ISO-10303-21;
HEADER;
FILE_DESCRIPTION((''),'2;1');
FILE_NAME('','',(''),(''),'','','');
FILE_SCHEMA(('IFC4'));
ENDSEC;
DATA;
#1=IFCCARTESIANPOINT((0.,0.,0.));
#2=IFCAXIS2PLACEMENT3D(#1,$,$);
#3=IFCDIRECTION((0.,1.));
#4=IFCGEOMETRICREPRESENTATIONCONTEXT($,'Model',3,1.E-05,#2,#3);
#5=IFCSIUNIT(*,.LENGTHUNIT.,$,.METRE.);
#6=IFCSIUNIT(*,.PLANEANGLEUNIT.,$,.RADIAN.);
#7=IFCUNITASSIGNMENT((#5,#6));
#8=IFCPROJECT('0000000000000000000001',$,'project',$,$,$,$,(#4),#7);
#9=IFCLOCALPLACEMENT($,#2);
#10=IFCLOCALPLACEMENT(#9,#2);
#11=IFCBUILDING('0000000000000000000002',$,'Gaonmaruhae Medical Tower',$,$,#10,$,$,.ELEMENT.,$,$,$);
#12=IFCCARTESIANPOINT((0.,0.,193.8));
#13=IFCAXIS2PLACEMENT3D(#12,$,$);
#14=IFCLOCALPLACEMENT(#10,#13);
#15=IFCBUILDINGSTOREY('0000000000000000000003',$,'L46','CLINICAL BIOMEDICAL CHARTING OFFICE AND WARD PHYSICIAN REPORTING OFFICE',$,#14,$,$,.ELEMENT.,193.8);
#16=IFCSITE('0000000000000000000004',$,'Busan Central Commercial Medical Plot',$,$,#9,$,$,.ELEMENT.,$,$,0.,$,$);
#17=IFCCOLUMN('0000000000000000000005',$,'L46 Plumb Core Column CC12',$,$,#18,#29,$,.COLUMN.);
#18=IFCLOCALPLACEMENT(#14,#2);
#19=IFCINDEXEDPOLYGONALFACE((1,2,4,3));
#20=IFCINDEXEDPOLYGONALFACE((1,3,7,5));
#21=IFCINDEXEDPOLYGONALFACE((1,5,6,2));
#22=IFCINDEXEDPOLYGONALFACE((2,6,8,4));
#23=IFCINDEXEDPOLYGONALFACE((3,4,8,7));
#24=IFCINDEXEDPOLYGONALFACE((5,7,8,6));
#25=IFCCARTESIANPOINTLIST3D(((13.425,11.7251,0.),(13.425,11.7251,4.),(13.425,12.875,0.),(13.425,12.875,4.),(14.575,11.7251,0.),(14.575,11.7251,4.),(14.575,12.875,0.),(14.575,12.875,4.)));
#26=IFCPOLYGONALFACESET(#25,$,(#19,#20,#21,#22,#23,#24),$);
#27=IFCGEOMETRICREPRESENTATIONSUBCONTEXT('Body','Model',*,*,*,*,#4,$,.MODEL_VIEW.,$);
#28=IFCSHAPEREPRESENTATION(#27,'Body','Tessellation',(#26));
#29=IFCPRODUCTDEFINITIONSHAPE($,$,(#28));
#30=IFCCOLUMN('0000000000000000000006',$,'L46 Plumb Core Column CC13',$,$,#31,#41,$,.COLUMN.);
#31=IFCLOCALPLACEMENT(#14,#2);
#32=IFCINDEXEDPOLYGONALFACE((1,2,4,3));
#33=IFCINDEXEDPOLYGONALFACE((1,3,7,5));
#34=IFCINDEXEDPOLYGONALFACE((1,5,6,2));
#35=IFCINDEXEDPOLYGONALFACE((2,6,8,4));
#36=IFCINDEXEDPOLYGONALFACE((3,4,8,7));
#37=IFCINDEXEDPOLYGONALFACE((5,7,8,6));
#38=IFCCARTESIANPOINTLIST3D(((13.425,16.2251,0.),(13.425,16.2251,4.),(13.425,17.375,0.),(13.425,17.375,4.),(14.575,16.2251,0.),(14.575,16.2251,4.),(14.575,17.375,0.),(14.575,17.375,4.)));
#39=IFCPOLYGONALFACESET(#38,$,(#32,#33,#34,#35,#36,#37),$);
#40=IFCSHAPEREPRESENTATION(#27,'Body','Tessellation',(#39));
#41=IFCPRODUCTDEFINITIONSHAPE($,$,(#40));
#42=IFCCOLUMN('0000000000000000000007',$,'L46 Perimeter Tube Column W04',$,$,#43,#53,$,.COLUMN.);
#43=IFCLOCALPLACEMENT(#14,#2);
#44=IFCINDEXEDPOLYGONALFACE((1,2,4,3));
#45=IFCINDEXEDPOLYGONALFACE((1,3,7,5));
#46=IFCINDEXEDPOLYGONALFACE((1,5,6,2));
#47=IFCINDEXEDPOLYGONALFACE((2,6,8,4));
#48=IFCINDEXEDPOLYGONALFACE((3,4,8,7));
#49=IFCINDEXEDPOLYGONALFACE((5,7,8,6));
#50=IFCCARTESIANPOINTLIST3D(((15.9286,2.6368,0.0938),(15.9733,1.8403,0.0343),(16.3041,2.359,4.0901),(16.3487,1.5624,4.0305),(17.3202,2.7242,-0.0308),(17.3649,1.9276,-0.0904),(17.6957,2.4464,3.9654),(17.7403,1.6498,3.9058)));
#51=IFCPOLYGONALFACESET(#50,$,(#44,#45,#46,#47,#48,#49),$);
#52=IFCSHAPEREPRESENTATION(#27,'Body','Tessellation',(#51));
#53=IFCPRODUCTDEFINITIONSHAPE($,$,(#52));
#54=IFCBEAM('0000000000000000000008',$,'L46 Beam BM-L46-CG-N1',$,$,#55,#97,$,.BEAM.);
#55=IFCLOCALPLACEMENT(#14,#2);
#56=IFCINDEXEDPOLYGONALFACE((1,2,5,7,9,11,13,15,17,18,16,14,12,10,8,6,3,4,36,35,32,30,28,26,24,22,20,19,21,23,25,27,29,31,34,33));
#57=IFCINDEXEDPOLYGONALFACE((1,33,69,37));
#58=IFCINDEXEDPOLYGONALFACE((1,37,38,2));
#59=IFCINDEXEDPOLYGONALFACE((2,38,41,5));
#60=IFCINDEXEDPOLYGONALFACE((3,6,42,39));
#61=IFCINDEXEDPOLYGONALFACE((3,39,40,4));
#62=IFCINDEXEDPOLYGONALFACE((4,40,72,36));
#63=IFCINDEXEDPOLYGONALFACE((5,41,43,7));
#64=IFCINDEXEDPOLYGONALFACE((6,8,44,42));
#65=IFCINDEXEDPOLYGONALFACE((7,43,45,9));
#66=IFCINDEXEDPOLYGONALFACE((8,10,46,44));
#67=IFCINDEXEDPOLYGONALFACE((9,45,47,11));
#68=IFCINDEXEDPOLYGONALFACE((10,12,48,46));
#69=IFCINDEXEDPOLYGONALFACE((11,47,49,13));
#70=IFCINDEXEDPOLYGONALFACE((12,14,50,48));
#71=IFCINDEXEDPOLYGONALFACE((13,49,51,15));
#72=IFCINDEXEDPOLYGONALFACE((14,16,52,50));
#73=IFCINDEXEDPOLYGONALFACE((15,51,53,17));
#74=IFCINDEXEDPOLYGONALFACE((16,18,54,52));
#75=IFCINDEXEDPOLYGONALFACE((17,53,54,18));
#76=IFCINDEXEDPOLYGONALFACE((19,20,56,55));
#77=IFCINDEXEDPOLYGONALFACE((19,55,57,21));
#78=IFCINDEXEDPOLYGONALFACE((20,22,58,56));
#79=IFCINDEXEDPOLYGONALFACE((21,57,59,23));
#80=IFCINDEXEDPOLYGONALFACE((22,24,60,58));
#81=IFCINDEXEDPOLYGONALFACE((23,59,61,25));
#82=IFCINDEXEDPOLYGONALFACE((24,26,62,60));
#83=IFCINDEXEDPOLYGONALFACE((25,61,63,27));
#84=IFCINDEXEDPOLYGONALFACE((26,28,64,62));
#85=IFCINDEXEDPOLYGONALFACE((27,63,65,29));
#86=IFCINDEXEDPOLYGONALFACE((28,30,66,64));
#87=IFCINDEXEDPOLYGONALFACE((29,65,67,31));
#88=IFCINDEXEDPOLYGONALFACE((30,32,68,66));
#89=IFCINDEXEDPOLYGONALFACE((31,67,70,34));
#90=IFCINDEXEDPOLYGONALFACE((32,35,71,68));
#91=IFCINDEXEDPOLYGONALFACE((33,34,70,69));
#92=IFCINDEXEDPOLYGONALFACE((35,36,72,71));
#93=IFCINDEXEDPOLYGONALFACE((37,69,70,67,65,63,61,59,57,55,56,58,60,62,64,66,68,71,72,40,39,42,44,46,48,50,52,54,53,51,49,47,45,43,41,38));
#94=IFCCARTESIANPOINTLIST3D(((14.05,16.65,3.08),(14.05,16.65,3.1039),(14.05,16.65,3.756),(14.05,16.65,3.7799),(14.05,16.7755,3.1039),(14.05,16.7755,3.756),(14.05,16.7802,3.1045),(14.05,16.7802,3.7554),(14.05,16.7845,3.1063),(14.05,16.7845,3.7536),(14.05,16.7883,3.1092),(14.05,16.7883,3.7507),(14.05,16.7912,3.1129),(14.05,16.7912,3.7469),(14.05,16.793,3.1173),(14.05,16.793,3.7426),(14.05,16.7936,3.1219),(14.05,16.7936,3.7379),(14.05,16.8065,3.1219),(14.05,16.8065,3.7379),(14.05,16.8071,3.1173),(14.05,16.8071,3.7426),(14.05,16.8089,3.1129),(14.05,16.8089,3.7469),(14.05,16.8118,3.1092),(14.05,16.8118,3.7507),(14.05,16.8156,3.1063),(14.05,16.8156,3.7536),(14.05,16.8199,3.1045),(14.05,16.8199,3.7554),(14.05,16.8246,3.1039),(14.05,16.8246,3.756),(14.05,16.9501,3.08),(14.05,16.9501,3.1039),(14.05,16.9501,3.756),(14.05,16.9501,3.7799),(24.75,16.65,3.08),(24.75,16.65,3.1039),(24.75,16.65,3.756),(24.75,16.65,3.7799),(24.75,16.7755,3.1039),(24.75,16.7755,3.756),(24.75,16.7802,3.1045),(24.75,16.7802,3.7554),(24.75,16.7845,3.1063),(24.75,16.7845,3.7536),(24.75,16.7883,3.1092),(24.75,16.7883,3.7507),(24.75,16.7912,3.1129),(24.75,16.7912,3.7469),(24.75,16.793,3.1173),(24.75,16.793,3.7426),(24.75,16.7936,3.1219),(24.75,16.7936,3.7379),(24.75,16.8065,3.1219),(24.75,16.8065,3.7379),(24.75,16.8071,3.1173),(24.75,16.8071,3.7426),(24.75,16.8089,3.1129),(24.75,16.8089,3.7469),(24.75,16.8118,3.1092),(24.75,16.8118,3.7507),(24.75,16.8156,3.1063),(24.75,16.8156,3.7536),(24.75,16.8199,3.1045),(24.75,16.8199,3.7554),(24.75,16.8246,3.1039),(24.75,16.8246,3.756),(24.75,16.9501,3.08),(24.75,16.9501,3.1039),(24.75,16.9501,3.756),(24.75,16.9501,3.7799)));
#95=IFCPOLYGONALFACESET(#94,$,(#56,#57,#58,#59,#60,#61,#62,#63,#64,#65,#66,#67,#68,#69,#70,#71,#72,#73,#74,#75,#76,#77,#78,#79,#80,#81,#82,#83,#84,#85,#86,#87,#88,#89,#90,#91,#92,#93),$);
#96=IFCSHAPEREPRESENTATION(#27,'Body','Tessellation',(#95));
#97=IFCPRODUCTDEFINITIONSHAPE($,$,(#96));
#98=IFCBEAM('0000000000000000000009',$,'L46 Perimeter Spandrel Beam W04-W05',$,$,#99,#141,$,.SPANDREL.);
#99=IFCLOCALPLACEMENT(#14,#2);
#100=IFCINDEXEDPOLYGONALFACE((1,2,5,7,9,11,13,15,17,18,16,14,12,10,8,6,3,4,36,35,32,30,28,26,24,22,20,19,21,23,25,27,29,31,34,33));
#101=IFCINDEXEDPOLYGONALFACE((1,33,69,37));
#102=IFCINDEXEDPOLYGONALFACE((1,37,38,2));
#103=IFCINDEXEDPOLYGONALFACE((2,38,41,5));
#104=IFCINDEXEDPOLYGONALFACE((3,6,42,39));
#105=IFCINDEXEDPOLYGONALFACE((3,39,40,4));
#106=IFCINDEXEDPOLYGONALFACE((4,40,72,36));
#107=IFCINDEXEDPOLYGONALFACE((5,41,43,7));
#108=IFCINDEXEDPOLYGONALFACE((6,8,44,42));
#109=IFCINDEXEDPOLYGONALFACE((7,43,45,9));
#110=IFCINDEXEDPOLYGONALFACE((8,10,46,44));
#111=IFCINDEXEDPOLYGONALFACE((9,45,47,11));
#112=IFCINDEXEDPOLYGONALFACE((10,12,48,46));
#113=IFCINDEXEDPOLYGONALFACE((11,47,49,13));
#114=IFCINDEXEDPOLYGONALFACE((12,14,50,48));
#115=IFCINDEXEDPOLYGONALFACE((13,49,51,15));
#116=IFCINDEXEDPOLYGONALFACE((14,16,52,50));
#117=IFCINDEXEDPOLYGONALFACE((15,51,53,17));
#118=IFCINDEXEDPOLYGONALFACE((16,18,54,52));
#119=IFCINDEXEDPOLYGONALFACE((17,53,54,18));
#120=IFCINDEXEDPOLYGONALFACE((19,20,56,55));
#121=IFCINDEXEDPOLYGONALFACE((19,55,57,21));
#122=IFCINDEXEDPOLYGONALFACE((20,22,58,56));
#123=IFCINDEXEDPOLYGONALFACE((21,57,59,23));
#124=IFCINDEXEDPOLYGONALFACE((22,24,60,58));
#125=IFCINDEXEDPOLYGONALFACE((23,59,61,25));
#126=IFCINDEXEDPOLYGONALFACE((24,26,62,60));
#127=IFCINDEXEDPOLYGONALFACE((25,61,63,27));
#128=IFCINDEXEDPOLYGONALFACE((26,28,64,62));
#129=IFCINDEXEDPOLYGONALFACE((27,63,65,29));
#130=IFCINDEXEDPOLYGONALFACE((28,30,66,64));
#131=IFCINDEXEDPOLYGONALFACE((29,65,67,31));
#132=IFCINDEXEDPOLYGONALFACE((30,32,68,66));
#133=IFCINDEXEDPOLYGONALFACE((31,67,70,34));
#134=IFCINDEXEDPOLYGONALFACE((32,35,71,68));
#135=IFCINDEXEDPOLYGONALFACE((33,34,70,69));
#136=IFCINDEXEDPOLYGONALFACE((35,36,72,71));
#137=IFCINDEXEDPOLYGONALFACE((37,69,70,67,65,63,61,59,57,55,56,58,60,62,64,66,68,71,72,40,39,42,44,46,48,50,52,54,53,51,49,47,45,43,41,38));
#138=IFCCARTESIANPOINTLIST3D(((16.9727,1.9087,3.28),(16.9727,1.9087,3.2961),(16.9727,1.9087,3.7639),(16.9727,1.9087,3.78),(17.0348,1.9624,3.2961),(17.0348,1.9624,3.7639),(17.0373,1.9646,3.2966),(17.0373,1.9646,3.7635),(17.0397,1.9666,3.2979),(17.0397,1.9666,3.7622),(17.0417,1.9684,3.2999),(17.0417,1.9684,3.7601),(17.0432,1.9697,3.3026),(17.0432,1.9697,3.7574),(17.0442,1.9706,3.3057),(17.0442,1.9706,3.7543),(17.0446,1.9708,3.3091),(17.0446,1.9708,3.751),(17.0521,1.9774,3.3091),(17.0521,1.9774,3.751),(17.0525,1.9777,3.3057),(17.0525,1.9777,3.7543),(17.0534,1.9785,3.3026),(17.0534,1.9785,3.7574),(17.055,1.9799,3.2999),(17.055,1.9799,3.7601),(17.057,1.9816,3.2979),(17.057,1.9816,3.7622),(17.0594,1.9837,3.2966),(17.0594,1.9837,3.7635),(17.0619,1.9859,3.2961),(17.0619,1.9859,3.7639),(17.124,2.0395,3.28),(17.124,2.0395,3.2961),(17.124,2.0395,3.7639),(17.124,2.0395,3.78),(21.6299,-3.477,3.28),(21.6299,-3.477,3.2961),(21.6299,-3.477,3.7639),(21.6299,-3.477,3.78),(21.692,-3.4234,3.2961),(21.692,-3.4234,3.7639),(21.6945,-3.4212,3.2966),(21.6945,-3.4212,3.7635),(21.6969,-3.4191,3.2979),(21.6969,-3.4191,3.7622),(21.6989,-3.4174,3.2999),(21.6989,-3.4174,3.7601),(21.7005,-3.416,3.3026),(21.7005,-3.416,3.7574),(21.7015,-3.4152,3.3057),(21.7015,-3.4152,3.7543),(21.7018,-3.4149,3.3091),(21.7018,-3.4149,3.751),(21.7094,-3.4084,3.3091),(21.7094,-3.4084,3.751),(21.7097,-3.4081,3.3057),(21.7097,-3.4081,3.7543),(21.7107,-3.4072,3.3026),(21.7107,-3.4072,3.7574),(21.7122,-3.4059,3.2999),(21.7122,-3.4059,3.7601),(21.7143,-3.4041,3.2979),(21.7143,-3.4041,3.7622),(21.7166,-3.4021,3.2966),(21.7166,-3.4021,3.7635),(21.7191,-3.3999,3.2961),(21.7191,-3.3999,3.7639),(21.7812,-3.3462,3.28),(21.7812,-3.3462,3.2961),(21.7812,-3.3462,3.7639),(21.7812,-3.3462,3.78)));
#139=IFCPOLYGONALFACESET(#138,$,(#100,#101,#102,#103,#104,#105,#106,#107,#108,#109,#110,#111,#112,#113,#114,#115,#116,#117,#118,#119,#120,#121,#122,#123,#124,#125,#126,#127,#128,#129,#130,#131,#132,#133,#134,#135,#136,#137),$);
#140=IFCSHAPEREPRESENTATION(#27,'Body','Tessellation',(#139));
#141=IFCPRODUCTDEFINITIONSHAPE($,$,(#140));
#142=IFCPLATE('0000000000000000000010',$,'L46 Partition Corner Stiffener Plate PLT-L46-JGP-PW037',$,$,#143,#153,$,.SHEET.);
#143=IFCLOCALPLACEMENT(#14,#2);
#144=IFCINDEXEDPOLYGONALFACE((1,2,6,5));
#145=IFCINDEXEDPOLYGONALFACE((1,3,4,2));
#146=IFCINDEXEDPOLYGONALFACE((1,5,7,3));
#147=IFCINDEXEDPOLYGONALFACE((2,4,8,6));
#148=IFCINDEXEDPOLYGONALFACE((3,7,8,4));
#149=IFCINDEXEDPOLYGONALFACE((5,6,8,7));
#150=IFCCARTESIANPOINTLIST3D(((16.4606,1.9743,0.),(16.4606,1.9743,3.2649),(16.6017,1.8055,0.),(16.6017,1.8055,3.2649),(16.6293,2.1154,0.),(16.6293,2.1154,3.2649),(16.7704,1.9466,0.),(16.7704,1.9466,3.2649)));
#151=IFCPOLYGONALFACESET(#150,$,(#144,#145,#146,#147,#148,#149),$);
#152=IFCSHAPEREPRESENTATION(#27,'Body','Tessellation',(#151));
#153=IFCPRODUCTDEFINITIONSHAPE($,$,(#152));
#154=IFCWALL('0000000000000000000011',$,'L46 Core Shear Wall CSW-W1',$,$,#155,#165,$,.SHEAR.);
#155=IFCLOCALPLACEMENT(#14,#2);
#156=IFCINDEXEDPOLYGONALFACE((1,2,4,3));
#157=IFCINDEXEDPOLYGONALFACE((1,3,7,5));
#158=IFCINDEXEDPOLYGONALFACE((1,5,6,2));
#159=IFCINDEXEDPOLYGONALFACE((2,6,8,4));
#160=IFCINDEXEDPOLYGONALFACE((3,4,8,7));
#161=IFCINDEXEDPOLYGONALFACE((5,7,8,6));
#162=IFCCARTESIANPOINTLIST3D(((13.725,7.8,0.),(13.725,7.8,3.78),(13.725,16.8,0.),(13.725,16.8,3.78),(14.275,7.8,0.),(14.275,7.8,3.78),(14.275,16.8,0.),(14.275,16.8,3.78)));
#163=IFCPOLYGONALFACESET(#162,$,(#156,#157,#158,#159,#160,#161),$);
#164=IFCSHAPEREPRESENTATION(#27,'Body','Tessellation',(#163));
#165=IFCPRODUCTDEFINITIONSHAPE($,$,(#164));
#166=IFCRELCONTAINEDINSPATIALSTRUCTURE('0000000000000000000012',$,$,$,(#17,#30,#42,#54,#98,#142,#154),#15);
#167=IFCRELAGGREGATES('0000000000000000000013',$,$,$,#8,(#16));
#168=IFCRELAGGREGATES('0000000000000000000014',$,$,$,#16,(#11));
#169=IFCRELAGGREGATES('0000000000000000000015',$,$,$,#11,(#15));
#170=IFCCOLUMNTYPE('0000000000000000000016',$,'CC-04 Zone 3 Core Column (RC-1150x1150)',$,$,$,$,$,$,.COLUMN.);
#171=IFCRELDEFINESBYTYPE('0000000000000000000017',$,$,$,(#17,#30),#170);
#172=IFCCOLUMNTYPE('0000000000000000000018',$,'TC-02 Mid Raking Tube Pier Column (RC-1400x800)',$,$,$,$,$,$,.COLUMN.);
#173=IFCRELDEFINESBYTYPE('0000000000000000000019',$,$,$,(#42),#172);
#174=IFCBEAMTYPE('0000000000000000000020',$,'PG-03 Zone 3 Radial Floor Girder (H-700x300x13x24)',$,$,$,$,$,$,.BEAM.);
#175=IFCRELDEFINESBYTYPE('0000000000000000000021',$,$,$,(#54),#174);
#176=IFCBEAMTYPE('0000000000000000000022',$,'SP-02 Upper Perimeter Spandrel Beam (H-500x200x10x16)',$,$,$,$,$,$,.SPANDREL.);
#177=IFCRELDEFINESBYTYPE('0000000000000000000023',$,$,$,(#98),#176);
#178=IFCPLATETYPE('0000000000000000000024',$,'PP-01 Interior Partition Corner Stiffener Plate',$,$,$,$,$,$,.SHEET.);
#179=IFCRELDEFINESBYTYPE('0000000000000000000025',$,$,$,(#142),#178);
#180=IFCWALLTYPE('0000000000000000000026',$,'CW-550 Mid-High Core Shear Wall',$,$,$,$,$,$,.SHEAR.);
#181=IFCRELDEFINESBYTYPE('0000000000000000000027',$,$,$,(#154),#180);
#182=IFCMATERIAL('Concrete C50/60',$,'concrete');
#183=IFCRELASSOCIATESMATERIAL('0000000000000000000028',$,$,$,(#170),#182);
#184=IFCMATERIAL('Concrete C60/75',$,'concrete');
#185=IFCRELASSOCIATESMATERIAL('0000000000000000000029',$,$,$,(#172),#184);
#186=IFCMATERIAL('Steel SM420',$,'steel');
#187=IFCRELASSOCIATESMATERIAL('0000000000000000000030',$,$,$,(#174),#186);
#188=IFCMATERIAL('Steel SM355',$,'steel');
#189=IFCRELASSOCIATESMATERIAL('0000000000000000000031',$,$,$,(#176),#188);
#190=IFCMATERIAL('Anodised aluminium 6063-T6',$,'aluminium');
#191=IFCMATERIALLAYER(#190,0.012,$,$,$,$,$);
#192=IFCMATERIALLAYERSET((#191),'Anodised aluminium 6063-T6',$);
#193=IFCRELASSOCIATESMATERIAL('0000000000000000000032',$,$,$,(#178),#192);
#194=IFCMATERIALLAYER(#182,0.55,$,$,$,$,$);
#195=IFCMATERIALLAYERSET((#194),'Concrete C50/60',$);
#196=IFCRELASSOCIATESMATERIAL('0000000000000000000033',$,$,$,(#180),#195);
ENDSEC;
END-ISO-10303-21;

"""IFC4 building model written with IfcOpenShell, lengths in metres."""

from ifc_helpers import new_model, si_unit, direction, frame, frame_2d, origin, origin_2d, place, context, subcontext, project, spatial, rectangle, i_section, extrude, material, layer, layer_set, material_profile, profile_set, type_object, element, save


model = new_model("IFC4")

# Units and contexts
model_context = context("Model", 3, precision=1e-05, world=origin(), true_north=direction((0.0, 1.0)))
body_context = subcontext(model_context, "Body", "Model", "MODEL_VIEW")
ifc_project = project(units=[si_unit("LENGTHUNIT", "METRE"), si_unit("PLANEANGLEUNIT", "RADIAN")], contexts=[model_context])

# Site, building, storey
site_placement = place(None, origin())
site = spatial("IfcSite", under=ifc_project, at=site_placement, Name="Busan Central Commercial Medical Plot", CompositionType="ELEMENT", RefElevation=0.0)
building_placement = place(site_placement, origin())
building = spatial("IfcBuilding", under=site, at=building_placement, Name="Gaonmaruhae Medical Tower", CompositionType="ELEMENT")
storey_placement = place(building_placement, frame((0.0, 0.0, 193.8)))
storey = spatial("IfcBuildingStorey", under=building, at=storey_placement, Name="L46", Description="CLINICAL BIOMEDICAL CHARTING OFFICE AND WARD PHYSICIAN REPORTING OFFICE", CompositionType="ELEMENT", Elevation=193.8)

# Columns
ifc_material_1 = material(Name="Concrete C50/60", Category="concrete")
ifc_material_profile_1 = material_profile(ifc_material_1, rectangle(XDim=1.1499, YDim=1.1499, at=origin_2d()), Name="RC-1150x1150")
ifc_profile_set_1 = profile_set([ifc_material_profile_1], Name="Concrete C50/60")
column_type_1 = type_object("IfcColumnType", Name="CC-04 Zone 3 Core Column (RC-1150x1150)", PredefinedType="COLUMN", material=ifc_profile_set_1)
for number, where, z_axis, x_axis, name in (
    (1, (14.0, 12.3, 0.0), (0.0, 0.0, 1.0), (1.0, 0.0, 0.0), "L46 Plumb Core Column CC12"),
    (2, (14.0, 16.8, 0.0), (0.0, 0.0, 1.0), (1.0, 0.0, 0.0), "L46 Plumb Core Column CC13"),
):
    element("IfcColumn", number, at=place(storey_placement, frame(where, z_axis=z_axis, x_axis=x_axis)), inside=storey, type_object=column_type_1, Name=name, PredefinedType="COLUMN", context=body_context, shape_type="SweptSolid", body=[
        extrude(rectangle(XDim=1.1499, YDim=1.1499, at=origin_2d()), origin(), (0.0, 0.0, 1.0), 4.0),
    ])
ifc_material_2 = material(Name="Concrete C60/75", Category="concrete")
ifc_material_profile_2 = material_profile(ifc_material_2, rectangle(XDim=1.3999, YDim=0.8, at=origin_2d()), Name="RC-1400x800")
ifc_profile_set_2 = profile_set([ifc_material_profile_2], Name="Concrete C60/75")
column_type_2 = type_object("IfcColumnType", Name="TC-02 Mid Raking Tube Pier Column (RC-1400x800)", PredefinedType="COLUMN", material=ifc_profile_set_2)
column_placement = place(storey_placement, frame((16.6467, 2.2822, 0.0017), z_axis=(0.093323, -0.069052, 0.993239), x_axis=(-0.994069, -0.062417, 0.089061)))
element("IfcColumn", 3, at=column_placement, inside=storey, type_object=column_type_2, Name="L46 Perimeter Tube Column W04", PredefinedType="COLUMN", context=body_context, shape_type="SweptSolid", body=[
    extrude(rectangle(XDim=1.3999, YDim=0.8, at=origin_2d()), origin(), (0.0, 0.0, 1.0), 4.0234),
])

# Beams
ifc_material_3 = material(Name="Steel SM420", Category="steel")
ifc_material_profile_3 = material_profile(ifc_material_3, i_section(OverallWidth=0.3, OverallDepth=0.7, WebThickness=0.0129, FlangeThickness=0.0239, FilletRadius=0.0181, at=origin_2d()), Name="H-700x300x13x24")
ifc_profile_set_3 = profile_set([ifc_material_profile_3], Name="Steel SM420")
beam_type_1 = type_object("IfcBeamType", Name="PG-03 Zone 3 Radial Floor Girder (H-700x300x13x24)", PredefinedType="BEAM", material=ifc_profile_set_3)
beam_1_placement = place(storey_placement, frame((14.05, 16.8, 3.4299), z_axis=(1.0, 0.0, 0.0), x_axis=(0.0, 1.0, 0.0)))
element("IfcBeam", 4, at=beam_1_placement, inside=storey, type_object=beam_type_1, Name="L46 Beam BM-L46-CG-N1", PredefinedType="BEAM", context=body_context, shape_type="SweptSolid", body=[
    extrude(i_section(OverallWidth=0.3, OverallDepth=0.7, WebThickness=0.0129, FlangeThickness=0.0239, FilletRadius=0.0181, at=origin_2d()), origin(), (0.0, 0.0, 1.0), 10.7),
])
ifc_material_4 = material(Name="Steel SM355", Category="steel")
ifc_material_profile_4 = material_profile(ifc_material_4, i_section(OverallWidth=0.2, OverallDepth=0.5, WebThickness=0.01, FlangeThickness=0.0161, FilletRadius=0.0129, at=origin_2d()), Name="H-500x200x10x16")
ifc_profile_set_4 = profile_set([ifc_material_profile_4], Name="Steel SM355")
beam_type_2 = type_object("IfcBeamType", Name="SP-02 Upper Perimeter Spandrel Beam (H-500x200x10x16)", PredefinedType="SPANDREL", material=ifc_profile_set_4)
beam_2_placement = place(storey_placement, frame((17.0483, 1.9741, 3.53), z_axis=(0.654095, -0.756413, 0.0), x_axis=(0.756413, 0.654095, 0.0)))
element("IfcBeam", 5, at=beam_2_placement, inside=storey, type_object=beam_type_2, Name="L46 Perimeter Spandrel Beam W04-W05", PredefinedType="SPANDREL", context=body_context, shape_type="SweptSolid", body=[
    extrude(i_section(OverallWidth=0.2, OverallDepth=0.5, WebThickness=0.01, FlangeThickness=0.0161, FilletRadius=0.0129, at=origin_2d()), origin(), (0.0, 0.0, 1.0), 7.1201),
])

# Plate
ifc_material_5 = material(Name="Anodised aluminium 6063-T6", Category="aluminium")
ifc_layer_1 = layer(ifc_material_5, 0.012)
ifc_layer_set_1 = layer_set([ifc_layer_1], Name="Anodised aluminium 6063-T6")
plate_type = type_object("IfcPlateType", Name="PP-01 Interior Partition Corner Stiffener Plate", PredefinedType="SHEET", material=ifc_layer_set_1)
plate_placement = place(storey_placement, frame((16.6155, 1.9604, 0.0), z_axis=(0.0, 0.0, 1.0), x_axis=(-0.641476, 0.767143, 0.0)))
element("IfcPlate", 6, at=plate_placement, inside=storey, type_object=plate_type, Name="L46 Partition Corner Stiffener Plate PLT-L46-JGP-PW037", PredefinedType="SHEET", context=body_context, shape_type="SweptSolid", body=[
    extrude(rectangle(XDim=0.22, YDim=0.22, at=origin_2d()), origin(), (0.0, 0.0, 1.0), 3.2649),
])

# Wall
ifc_layer_2 = layer(ifc_material_1, 0.55)
ifc_layer_set_2 = layer_set([ifc_layer_2], Name="Concrete C50/60")
wall_type_1 = type_object("IfcWallType", Name="CW-550 Mid-High Core Shear Wall", PredefinedType="SHEAR", material=ifc_layer_set_2)
wall_1_placement = place(storey_placement, frame((14.0, 16.8, 0.0), z_axis=(0.0, 0.0, 1.0), x_axis=(0.0, -1.0, 0.0)))
element("IfcWall", 7, at=wall_1_placement, inside=storey, type_object=wall_type_1, Name="L46 Core Shear Wall CSW-W1", PredefinedType="SHEAR", context=body_context, shape_type="SweptSolid", body=[
    extrude(rectangle(XDim=9.0, YDim=0.55, at=frame_2d((4.5, 0.0))), origin(), (0.0, 0.0, 1.0), 3.78),
])

save(model, "model.ifc")
